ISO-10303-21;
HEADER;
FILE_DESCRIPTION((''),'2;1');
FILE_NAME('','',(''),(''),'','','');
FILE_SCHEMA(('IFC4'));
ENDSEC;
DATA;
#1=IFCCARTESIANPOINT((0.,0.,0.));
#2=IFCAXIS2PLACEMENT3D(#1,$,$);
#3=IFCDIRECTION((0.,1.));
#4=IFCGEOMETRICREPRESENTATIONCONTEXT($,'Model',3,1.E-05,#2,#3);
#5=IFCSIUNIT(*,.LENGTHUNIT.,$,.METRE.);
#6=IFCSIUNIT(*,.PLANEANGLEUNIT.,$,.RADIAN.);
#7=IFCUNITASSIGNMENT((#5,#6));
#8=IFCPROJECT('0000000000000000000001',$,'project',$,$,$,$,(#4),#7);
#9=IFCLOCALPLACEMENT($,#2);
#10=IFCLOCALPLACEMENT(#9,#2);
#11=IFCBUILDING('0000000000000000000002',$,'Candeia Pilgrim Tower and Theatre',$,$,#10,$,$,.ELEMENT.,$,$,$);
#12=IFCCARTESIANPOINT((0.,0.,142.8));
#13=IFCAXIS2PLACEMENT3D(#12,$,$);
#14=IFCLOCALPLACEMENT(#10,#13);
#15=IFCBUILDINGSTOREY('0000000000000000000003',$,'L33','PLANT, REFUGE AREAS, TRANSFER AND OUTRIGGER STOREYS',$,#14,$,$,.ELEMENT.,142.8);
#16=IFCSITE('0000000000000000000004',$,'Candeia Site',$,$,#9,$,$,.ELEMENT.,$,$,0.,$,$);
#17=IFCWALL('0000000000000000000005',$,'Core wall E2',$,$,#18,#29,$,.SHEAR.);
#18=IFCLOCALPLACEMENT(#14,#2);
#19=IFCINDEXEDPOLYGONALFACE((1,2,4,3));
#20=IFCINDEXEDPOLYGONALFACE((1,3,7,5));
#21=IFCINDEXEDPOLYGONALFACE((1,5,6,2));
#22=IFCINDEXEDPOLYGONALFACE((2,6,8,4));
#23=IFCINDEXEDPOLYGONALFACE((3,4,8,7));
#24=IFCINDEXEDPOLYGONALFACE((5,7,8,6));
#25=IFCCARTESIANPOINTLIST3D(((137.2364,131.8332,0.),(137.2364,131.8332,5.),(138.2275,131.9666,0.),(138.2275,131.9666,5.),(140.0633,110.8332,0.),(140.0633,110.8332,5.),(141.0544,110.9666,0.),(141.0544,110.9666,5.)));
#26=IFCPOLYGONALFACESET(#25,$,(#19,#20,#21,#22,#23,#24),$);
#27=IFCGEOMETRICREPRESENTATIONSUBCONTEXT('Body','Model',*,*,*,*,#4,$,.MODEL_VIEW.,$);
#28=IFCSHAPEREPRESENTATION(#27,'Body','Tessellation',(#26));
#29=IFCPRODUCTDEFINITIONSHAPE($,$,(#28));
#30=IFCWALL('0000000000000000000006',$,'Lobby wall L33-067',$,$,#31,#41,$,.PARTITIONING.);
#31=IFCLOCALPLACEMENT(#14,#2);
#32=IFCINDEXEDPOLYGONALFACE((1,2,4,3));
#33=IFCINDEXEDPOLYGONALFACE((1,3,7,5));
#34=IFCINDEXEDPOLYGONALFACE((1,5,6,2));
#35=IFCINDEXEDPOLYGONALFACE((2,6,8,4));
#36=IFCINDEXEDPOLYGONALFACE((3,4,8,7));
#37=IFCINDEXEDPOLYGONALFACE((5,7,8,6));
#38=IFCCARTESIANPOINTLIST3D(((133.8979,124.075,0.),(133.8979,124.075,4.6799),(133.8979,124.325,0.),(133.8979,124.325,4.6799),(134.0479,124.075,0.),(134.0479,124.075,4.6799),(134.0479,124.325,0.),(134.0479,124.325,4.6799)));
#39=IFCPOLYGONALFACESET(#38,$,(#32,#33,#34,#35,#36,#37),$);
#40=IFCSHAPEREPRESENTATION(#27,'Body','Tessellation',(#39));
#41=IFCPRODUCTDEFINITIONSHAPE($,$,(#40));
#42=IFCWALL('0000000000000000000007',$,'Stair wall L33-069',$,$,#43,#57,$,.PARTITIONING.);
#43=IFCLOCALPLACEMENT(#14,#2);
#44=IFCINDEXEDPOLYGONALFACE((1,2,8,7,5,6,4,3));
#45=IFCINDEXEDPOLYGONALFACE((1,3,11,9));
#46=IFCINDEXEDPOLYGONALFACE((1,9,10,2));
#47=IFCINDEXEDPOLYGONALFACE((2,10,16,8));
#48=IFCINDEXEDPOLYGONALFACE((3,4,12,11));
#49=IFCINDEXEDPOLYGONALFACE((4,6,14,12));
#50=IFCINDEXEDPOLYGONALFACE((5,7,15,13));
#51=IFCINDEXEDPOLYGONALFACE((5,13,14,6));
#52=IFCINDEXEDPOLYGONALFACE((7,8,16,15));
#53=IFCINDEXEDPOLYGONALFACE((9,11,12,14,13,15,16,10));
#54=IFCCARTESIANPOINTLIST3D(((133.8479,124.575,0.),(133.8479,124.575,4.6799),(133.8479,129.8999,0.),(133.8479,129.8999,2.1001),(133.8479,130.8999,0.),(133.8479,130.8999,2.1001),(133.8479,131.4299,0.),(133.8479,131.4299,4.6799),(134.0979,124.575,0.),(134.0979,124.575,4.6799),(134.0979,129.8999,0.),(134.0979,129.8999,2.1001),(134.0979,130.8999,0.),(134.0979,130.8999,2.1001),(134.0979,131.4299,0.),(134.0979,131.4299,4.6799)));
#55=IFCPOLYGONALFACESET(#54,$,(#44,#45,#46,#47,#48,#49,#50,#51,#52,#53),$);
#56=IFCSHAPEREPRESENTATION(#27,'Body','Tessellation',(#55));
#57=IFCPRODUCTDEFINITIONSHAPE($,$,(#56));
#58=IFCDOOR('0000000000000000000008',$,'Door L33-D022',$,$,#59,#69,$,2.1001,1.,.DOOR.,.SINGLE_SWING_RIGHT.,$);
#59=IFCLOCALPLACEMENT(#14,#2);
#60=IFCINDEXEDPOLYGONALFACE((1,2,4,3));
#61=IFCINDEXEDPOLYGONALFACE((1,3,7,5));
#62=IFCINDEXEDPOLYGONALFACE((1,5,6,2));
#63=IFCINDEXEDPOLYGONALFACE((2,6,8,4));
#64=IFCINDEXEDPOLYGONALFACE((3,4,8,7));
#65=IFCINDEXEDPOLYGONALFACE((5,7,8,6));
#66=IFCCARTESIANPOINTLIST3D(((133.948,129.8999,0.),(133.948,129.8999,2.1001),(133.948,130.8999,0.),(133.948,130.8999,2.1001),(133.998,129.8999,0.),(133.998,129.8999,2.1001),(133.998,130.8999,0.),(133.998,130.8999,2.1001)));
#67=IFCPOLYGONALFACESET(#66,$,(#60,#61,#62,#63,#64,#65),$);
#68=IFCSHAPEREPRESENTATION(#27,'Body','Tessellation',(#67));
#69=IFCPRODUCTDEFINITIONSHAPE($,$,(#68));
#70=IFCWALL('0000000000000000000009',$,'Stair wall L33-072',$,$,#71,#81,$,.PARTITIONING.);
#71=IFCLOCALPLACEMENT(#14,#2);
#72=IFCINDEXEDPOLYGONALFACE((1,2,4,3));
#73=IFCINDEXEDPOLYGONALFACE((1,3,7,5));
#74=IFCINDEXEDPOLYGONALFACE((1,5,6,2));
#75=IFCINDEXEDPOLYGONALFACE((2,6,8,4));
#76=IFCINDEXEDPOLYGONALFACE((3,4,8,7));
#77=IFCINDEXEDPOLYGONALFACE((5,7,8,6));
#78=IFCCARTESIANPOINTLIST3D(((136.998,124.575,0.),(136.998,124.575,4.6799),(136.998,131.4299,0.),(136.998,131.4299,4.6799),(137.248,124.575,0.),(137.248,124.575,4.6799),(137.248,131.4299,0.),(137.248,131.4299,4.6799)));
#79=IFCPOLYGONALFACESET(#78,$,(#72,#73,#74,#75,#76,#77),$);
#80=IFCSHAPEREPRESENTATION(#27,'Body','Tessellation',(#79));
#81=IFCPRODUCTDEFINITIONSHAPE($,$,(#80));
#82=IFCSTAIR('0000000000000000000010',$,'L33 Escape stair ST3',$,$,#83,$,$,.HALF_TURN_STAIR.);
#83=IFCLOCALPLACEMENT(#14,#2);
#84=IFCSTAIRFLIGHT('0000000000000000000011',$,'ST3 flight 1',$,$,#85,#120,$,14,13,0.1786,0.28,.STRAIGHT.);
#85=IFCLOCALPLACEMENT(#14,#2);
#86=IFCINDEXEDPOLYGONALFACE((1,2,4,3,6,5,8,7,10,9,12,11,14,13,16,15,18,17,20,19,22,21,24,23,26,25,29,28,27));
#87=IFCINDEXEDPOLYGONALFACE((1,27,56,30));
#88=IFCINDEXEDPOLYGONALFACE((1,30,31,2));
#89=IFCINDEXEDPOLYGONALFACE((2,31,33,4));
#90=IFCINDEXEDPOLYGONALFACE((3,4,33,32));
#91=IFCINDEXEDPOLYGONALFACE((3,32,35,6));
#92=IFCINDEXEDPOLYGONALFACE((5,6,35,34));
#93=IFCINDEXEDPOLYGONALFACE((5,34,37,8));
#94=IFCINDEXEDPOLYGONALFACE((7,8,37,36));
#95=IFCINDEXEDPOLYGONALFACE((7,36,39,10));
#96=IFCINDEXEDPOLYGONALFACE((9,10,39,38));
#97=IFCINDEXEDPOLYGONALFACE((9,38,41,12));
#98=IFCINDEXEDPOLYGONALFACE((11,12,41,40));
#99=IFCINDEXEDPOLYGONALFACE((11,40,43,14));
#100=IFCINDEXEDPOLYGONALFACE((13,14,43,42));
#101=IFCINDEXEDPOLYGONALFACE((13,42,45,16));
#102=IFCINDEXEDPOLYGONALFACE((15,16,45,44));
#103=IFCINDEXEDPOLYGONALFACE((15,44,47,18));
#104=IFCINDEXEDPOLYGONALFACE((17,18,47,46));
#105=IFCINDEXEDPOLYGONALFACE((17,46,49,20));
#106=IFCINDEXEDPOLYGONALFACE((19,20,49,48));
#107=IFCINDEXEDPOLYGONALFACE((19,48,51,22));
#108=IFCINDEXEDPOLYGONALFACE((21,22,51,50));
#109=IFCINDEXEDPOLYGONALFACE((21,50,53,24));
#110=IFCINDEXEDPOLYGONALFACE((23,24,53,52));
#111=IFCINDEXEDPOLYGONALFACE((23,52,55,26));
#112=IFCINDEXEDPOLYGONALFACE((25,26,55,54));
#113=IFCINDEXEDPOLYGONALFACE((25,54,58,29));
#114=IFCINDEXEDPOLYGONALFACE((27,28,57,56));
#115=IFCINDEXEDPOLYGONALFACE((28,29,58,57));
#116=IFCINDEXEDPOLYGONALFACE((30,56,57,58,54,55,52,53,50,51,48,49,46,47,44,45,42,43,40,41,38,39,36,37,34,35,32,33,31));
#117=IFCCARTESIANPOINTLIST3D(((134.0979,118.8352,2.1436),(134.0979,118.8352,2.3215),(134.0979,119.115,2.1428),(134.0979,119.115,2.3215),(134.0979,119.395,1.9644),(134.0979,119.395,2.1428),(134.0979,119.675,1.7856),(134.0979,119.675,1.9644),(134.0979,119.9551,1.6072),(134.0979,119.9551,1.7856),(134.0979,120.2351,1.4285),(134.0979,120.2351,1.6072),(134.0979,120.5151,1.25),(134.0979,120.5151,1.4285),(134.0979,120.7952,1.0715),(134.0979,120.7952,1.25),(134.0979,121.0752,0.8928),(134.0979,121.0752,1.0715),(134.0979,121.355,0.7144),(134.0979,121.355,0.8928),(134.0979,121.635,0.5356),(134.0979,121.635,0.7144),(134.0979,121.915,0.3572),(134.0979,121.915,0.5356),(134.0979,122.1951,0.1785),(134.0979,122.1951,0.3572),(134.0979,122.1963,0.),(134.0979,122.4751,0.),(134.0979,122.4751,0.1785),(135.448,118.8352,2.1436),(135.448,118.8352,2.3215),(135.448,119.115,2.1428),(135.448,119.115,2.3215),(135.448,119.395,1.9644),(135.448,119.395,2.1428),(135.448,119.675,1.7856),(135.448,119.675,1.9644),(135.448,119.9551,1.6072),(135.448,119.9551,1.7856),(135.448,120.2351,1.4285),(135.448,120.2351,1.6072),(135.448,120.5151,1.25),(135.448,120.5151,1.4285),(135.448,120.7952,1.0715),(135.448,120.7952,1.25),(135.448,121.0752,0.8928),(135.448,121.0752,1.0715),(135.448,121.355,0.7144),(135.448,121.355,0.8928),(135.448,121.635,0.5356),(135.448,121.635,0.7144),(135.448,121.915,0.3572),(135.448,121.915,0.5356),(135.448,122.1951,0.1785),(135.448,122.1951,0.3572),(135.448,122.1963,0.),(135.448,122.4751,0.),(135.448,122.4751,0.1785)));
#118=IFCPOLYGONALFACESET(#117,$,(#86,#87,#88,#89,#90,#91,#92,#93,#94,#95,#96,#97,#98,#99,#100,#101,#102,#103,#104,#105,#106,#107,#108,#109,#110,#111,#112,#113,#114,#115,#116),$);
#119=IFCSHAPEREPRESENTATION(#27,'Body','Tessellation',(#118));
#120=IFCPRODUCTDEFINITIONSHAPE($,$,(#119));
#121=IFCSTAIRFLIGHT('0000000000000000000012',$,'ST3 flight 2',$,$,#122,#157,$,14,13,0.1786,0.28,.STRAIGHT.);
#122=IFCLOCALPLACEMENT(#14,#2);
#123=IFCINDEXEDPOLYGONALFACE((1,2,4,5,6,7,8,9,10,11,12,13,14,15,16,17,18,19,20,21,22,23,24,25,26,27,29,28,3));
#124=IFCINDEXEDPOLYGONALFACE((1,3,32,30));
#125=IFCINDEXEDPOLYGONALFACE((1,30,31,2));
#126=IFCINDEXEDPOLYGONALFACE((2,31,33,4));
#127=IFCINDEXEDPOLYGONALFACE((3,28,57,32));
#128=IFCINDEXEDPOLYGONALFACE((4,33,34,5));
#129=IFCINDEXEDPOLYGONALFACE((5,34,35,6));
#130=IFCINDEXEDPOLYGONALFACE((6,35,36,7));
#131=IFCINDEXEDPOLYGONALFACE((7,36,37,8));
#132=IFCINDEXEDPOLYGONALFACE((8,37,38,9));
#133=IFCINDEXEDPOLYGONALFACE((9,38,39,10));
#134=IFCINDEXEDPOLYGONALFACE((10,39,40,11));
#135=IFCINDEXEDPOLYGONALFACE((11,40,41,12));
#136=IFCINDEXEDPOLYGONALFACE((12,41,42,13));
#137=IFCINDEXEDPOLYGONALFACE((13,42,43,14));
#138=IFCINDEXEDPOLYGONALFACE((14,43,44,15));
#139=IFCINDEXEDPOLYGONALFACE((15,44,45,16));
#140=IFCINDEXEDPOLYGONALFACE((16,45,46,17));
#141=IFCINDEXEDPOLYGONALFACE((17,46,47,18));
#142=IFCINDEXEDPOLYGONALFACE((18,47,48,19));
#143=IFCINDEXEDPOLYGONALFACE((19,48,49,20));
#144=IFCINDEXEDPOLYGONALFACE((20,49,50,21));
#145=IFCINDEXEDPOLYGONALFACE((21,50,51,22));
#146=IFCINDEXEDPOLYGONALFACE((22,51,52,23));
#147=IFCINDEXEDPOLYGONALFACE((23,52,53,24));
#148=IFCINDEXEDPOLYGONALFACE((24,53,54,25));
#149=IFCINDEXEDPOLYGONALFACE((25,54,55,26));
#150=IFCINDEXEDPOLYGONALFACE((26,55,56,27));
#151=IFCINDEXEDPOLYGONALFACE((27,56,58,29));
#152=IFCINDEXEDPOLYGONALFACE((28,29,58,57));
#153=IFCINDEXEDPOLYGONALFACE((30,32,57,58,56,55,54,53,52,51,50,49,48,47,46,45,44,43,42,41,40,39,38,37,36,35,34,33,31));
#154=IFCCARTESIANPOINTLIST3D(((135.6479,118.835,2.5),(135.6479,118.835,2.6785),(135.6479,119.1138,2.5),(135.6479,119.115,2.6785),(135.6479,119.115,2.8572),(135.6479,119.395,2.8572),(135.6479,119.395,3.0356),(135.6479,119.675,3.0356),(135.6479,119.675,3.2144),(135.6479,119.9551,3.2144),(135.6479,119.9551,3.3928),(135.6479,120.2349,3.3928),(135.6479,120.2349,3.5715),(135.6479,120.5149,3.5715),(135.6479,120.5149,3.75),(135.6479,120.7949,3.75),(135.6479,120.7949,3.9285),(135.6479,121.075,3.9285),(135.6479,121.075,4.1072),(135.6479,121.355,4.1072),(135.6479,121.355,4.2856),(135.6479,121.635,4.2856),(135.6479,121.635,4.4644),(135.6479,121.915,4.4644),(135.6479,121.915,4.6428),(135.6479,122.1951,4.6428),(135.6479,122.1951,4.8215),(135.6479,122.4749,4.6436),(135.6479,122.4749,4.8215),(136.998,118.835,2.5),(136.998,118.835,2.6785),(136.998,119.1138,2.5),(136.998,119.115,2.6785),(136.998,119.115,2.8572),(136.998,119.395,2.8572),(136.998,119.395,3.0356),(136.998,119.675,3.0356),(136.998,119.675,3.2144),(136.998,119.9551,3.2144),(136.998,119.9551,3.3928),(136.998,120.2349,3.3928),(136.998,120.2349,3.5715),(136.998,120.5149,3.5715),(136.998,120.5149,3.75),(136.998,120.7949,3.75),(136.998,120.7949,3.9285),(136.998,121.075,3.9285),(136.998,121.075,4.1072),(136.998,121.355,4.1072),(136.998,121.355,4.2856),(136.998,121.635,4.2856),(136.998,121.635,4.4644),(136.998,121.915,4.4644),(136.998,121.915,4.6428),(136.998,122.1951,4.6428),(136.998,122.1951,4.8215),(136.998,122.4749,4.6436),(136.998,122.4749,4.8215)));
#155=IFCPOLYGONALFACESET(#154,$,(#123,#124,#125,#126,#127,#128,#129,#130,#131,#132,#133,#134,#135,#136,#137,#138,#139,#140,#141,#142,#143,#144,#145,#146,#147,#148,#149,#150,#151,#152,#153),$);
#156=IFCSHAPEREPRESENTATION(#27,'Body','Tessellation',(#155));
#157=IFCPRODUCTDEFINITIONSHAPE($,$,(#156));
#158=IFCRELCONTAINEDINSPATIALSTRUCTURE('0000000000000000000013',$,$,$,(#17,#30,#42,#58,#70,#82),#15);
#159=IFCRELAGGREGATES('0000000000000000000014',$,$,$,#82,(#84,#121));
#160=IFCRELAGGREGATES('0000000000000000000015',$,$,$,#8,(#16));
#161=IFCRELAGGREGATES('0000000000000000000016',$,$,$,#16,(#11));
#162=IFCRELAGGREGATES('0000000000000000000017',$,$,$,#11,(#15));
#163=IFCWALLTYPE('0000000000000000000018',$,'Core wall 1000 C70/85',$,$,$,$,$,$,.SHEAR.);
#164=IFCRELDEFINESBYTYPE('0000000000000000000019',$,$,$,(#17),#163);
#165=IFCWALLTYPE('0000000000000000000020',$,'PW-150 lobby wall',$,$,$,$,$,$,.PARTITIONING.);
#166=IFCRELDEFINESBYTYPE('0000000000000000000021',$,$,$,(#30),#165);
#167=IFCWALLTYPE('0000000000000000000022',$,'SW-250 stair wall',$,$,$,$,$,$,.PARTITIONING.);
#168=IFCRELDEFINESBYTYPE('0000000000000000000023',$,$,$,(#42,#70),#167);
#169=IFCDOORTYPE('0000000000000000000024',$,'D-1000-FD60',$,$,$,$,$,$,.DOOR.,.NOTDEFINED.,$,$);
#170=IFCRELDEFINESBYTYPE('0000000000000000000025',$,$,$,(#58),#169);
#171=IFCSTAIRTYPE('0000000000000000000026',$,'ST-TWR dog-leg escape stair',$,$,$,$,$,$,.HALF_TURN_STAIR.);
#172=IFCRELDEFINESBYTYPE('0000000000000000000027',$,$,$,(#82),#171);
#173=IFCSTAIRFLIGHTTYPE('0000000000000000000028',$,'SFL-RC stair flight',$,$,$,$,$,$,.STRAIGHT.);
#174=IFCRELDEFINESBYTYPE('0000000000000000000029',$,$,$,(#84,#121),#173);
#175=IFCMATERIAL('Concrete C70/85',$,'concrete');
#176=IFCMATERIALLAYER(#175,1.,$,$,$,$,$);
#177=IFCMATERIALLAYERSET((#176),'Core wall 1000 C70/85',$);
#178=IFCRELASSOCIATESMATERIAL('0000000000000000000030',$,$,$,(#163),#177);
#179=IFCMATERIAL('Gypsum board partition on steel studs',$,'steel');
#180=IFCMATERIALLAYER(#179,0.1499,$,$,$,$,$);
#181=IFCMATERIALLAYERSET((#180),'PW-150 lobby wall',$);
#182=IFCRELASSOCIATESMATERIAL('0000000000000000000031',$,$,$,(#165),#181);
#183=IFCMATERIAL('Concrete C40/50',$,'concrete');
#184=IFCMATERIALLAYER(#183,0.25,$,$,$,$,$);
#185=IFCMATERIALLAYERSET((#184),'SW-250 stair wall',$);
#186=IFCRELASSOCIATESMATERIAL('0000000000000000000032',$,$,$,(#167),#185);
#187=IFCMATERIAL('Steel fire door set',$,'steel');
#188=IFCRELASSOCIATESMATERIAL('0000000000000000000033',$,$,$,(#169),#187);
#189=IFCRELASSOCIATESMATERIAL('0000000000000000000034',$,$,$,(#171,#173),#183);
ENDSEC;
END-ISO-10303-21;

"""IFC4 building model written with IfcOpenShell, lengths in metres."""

from ifc_helpers import new_model, si_unit, direction, frame, frame_2d, origin, place, context, subcontext, project, spatial, polyline, rectangle, outline, extrude, material, layer, layer_set, type_object, element, fill, aggregate, save


model = new_model("IFC4")

# Units and contexts
model_context = context("Model", 3, precision=1e-05, world=origin(), true_north=direction((0.0, 1.0)))
body_context = subcontext(model_context, "Body", "Model", "MODEL_VIEW")
ifc_project = project(units=[si_unit("LENGTHUNIT", "METRE"), si_unit("PLANEANGLEUNIT", "RADIAN")], contexts=[model_context])

# Site, building, storey
site_placement = place(None, origin())
site = spatial("IfcSite", under=ifc_project, at=site_placement, Name="Candeia Site", CompositionType="ELEMENT", RefElevation=0.0)
building_placement = place(site_placement, origin())
building = spatial("IfcBuilding", under=site, at=building_placement, Name="Candeia Pilgrim Tower and Theatre", CompositionType="ELEMENT")
storey_placement = place(building_placement, frame((0.0, 0.0, 142.8)))
storey = spatial("IfcBuildingStorey", under=building, at=storey_placement, Name="L33", Description="PLANT, REFUGE AREAS, TRANSFER AND OUTRIGGER STOREYS", CompositionType="ELEMENT", Elevation=142.8)

# Walls
ifc_material_1 = material(Name="Concrete C70/85", Category="concrete")
ifc_layer_1 = layer(ifc_material_1, 1.0)
ifc_layer_set_1 = layer_set([ifc_layer_1], Name="Core wall 1000 C70/85")
wall_type_1 = type_object("IfcWallType", Name="Core wall 1000 C70/85", PredefinedType="SHEAR", material=ifc_layer_set_1)
wall_1_placement = place(storey_placement, frame((137.7319, 131.8999, 0.0), z_axis=(0.0, 0.0, 1.0), x_axis=(0.133411, -0.991061, 0.0)))
element("IfcWall", 1, at=wall_1_placement, inside=storey, type_object=wall_type_1, Name="Core wall E2", PredefinedType="SHEAR", context=body_context, shape_type="SweptSolid", body=[
    extrude(rectangle(XDim=21.1895, YDim=1.0, at=frame_2d((10.5947, 0.0))), origin(), (0.0, 0.0, 1.0), 5.0),
])
ifc_material_2 = material(Name="Gypsum board partition on steel studs", Category="steel")
ifc_layer_2 = layer(ifc_material_2, 0.1499)
ifc_layer_set_2 = layer_set([ifc_layer_2], Name="PW-150 lobby wall")
wall_type_2 = type_object("IfcWallType", Name="PW-150 lobby wall", PredefinedType="PARTITIONING", material=ifc_layer_set_2)
wall_2_placement = place(storey_placement, frame((133.9729, 124.075, 0.0), z_axis=(0.0, 0.0, 1.0), x_axis=(0.0, 1.0, 0.0)))
element("IfcWall", 2, at=wall_2_placement, inside=storey, type_object=wall_type_2, Name="Lobby wall L33-067", PredefinedType="PARTITIONING", context=body_context, shape_type="SweptSolid", body=[
    extrude(rectangle(XDim=0.25, YDim=0.1499, at=frame_2d((0.125, 0.0))), origin(), (0.0, 0.0, 1.0), 4.6799),
])

# Wall, opening, door
ifc_material_3 = material(Name="Concrete C40/50", Category="concrete")
ifc_layer_3 = layer(ifc_material_3, 0.25)
ifc_layer_set_3 = layer_set([ifc_layer_3], Name="SW-250 stair wall")
wall_type_3 = type_object("IfcWallType", Name="SW-250 stair wall", PredefinedType="PARTITIONING", material=ifc_layer_set_3)
wall_3_placement = place(storey_placement, frame((133.9729, 124.575, 0.0), z_axis=(0.0, 0.0, 1.0), x_axis=(0.0, 1.0, 0.0)))
wall_3 = element("IfcWall", 3, at=wall_3_placement, inside=storey, type_object=wall_type_3, Name="Stair wall L33-069", PredefinedType="PARTITIONING", context=body_context, shape_type="SweptSolid", body=[
    extrude(rectangle(XDim=6.855, YDim=0.25, at=frame_2d((3.4275, 0.0))), origin(), (0.0, 0.0, 1.0), 4.6799),
])
opening_placement = place(wall_3_placement, frame((5.325, 0.0, 0.0)))
opening = element("IfcOpeningElement", 4, at=opening_placement, cuts=wall_3, PredefinedType="OPENING", context=body_context, shape_type="SweptSolid", body=[
    extrude(rectangle(XDim=1.0, YDim=2.1001, at=frame_2d((0.5, 1.05))), frame((0.0, 0.135, 0.0), z_axis=(0.0, -1.0, 0.0), x_axis=(1.0, 0.0, 0.0)), (0.0, 0.0, 1.0), 0.27),
])
ifc_material_4 = material(Name="Steel fire door set", Category="steel")
door_type = type_object("IfcDoorType", Name="D-1000-FD60", OperationType="NOTDEFINED", PredefinedType="DOOR", material=ifc_material_4)
door_placement = place(opening_placement, origin())
door = element("IfcDoor", 5, at=door_placement, inside=storey, type_object=door_type, Name="Door L33-D022", OperationType="SINGLE_SWING_RIGHT", OverallHeight=2.1001, OverallWidth=1.0, PredefinedType="DOOR", context=body_context, shape_type="SweptSolid", body=[
    extrude(rectangle(XDim=1.0, YDim=2.1001, at=frame_2d((0.5, 1.05))), frame((0.0, 0.0249, 0.0), z_axis=(0.0, -1.0, 0.0), x_axis=(1.0, 0.0, 0.0)), (0.0, 0.0, 1.0), 0.05),
])
fill(opening, door)

# Wall
wall_4_placement = place(storey_placement, frame((137.123, 124.575, 0.0), z_axis=(0.0, 0.0, 1.0), x_axis=(0.0, 1.0, 0.0)))
element("IfcWall", 6, at=wall_4_placement, inside=storey, type_object=wall_type_3, Name="Stair wall L33-072", PredefinedType="PARTITIONING", context=body_context, shape_type="SweptSolid", body=[
    extrude(rectangle(XDim=6.855, YDim=0.25, at=frame_2d((3.4275, 0.0))), origin(), (0.0, 0.0, 1.0), 4.6799),
])

# Stair, stair flights
stair_type = type_object("IfcStairType", Name="ST-TWR dog-leg escape stair", PredefinedType="HALF_TURN_STAIR", material=ifc_material_3)
stair_1_placement = place(storey_placement, origin())
stair_1 = element("IfcStair", 7, at=stair_1_placement, inside=storey, type_object=stair_type, Name="L33 Escape stair ST3", PredefinedType="HALF_TURN_STAIR")
stair_flight_type = type_object("IfcStairFlightType", Name="SFL-RC stair flight", PredefinedType="STRAIGHT", material=ifc_material_3)
stair_flight_1_placement = place(storey_placement, frame((134.7729, 122.4751, 0.0), z_axis=(0.0, 0.0, 1.0), x_axis=(0.0, -1.0, 0.0)))
stair_flight_1 = element("IfcStairFlight", 8, at=stair_flight_1_placement, type_object=stair_flight_type, Name="ST3 flight 1", NumberOfRisers=14, NumberOfTreads=13, PredefinedType="STRAIGHT", RiserHeight=0.1786, TreadLength=0.28, context=body_context, shape_type="SweptSolid", body=[
    extrude(outline(polyline([(0.0, 0.0), (0.0, 0.1785), (0.28, 0.1785), (0.28, 0.3572), (0.5601, 0.3572), (0.5601, 0.5356), (0.8401, 0.5356), (0.8401, 0.7144), (1.1201, 0.7144), (1.1201, 0.8928), (1.3999, 0.8928), (1.3999, 1.0715), (1.6799, 1.0715), (1.6799, 1.25), (1.96, 1.25), (1.96, 1.4285), (2.24, 1.4285), (2.24, 1.6072), (2.52, 1.6072), (2.52, 1.7856), (2.8, 1.7856), (2.8, 1.9644), (3.0801, 1.9644), (3.0801, 2.1428), (3.3601, 2.1428), (3.3601, 2.3215), (3.6399, 2.3215), (3.6399, 2.5), (3.6399, 2.1436), (0.2788, 0.0), (0.0, 0.0)])), frame((0.0, 0.675, 0.0), z_axis=(0.0, -1.0, 0.0), x_axis=(1.0, 0.0, 0.0)), (0.0, 0.0, 1.0), 1.3501),
])
stair_flight_2_placement = place(storey_placement, frame((136.323, 118.835, 2.5), z_axis=(0.0, 0.0, 1.0), x_axis=(0.0, 1.0, 0.0)))
stair_flight_2 = element("IfcStairFlight", 9, at=stair_flight_2_placement, type_object=stair_flight_type, Name="ST3 flight 2", NumberOfRisers=14, NumberOfTreads=13, PredefinedType="STRAIGHT", RiserHeight=0.1786, TreadLength=0.28, context=body_context, shape_type="SweptSolid", body=[
    extrude(outline(polyline([(0.0, 0.0), (0.0, 0.1785), (0.28, 0.1785), (0.28, 0.3572), (0.5601, 0.3572), (0.5601, 0.5356), (0.8401, 0.5356), (0.8401, 0.7144), (1.1201, 0.7144), (1.1201, 0.8928), (1.3999, 0.8928), (1.3999, 1.0715), (1.6799, 1.0715), (1.6799, 1.25), (1.96, 1.25), (1.96, 1.4285), (2.24, 1.4285), (2.24, 1.6072), (2.52, 1.6072), (2.52, 1.7856), (2.8, 1.7856), (2.8, 1.9644), (3.0801, 1.9644), (3.0801, 2.1428), (3.3601, 2.1428), (3.3601, 2.3215), (3.6399, 2.3215), (3.6399, 2.5), (3.6399, 2.1436), (0.2788, 0.0), (0.0, 0.0)])), frame((0.0, 0.675, 0.0), z_axis=(0.0, -1.0, 0.0), x_axis=(1.0, 0.0, 0.0)), (0.0, 0.0, 1.0), 1.3501),
])
aggregate(stair_1, [stair_flight_1, stair_flight_2])

save(model, "model.ifc")
